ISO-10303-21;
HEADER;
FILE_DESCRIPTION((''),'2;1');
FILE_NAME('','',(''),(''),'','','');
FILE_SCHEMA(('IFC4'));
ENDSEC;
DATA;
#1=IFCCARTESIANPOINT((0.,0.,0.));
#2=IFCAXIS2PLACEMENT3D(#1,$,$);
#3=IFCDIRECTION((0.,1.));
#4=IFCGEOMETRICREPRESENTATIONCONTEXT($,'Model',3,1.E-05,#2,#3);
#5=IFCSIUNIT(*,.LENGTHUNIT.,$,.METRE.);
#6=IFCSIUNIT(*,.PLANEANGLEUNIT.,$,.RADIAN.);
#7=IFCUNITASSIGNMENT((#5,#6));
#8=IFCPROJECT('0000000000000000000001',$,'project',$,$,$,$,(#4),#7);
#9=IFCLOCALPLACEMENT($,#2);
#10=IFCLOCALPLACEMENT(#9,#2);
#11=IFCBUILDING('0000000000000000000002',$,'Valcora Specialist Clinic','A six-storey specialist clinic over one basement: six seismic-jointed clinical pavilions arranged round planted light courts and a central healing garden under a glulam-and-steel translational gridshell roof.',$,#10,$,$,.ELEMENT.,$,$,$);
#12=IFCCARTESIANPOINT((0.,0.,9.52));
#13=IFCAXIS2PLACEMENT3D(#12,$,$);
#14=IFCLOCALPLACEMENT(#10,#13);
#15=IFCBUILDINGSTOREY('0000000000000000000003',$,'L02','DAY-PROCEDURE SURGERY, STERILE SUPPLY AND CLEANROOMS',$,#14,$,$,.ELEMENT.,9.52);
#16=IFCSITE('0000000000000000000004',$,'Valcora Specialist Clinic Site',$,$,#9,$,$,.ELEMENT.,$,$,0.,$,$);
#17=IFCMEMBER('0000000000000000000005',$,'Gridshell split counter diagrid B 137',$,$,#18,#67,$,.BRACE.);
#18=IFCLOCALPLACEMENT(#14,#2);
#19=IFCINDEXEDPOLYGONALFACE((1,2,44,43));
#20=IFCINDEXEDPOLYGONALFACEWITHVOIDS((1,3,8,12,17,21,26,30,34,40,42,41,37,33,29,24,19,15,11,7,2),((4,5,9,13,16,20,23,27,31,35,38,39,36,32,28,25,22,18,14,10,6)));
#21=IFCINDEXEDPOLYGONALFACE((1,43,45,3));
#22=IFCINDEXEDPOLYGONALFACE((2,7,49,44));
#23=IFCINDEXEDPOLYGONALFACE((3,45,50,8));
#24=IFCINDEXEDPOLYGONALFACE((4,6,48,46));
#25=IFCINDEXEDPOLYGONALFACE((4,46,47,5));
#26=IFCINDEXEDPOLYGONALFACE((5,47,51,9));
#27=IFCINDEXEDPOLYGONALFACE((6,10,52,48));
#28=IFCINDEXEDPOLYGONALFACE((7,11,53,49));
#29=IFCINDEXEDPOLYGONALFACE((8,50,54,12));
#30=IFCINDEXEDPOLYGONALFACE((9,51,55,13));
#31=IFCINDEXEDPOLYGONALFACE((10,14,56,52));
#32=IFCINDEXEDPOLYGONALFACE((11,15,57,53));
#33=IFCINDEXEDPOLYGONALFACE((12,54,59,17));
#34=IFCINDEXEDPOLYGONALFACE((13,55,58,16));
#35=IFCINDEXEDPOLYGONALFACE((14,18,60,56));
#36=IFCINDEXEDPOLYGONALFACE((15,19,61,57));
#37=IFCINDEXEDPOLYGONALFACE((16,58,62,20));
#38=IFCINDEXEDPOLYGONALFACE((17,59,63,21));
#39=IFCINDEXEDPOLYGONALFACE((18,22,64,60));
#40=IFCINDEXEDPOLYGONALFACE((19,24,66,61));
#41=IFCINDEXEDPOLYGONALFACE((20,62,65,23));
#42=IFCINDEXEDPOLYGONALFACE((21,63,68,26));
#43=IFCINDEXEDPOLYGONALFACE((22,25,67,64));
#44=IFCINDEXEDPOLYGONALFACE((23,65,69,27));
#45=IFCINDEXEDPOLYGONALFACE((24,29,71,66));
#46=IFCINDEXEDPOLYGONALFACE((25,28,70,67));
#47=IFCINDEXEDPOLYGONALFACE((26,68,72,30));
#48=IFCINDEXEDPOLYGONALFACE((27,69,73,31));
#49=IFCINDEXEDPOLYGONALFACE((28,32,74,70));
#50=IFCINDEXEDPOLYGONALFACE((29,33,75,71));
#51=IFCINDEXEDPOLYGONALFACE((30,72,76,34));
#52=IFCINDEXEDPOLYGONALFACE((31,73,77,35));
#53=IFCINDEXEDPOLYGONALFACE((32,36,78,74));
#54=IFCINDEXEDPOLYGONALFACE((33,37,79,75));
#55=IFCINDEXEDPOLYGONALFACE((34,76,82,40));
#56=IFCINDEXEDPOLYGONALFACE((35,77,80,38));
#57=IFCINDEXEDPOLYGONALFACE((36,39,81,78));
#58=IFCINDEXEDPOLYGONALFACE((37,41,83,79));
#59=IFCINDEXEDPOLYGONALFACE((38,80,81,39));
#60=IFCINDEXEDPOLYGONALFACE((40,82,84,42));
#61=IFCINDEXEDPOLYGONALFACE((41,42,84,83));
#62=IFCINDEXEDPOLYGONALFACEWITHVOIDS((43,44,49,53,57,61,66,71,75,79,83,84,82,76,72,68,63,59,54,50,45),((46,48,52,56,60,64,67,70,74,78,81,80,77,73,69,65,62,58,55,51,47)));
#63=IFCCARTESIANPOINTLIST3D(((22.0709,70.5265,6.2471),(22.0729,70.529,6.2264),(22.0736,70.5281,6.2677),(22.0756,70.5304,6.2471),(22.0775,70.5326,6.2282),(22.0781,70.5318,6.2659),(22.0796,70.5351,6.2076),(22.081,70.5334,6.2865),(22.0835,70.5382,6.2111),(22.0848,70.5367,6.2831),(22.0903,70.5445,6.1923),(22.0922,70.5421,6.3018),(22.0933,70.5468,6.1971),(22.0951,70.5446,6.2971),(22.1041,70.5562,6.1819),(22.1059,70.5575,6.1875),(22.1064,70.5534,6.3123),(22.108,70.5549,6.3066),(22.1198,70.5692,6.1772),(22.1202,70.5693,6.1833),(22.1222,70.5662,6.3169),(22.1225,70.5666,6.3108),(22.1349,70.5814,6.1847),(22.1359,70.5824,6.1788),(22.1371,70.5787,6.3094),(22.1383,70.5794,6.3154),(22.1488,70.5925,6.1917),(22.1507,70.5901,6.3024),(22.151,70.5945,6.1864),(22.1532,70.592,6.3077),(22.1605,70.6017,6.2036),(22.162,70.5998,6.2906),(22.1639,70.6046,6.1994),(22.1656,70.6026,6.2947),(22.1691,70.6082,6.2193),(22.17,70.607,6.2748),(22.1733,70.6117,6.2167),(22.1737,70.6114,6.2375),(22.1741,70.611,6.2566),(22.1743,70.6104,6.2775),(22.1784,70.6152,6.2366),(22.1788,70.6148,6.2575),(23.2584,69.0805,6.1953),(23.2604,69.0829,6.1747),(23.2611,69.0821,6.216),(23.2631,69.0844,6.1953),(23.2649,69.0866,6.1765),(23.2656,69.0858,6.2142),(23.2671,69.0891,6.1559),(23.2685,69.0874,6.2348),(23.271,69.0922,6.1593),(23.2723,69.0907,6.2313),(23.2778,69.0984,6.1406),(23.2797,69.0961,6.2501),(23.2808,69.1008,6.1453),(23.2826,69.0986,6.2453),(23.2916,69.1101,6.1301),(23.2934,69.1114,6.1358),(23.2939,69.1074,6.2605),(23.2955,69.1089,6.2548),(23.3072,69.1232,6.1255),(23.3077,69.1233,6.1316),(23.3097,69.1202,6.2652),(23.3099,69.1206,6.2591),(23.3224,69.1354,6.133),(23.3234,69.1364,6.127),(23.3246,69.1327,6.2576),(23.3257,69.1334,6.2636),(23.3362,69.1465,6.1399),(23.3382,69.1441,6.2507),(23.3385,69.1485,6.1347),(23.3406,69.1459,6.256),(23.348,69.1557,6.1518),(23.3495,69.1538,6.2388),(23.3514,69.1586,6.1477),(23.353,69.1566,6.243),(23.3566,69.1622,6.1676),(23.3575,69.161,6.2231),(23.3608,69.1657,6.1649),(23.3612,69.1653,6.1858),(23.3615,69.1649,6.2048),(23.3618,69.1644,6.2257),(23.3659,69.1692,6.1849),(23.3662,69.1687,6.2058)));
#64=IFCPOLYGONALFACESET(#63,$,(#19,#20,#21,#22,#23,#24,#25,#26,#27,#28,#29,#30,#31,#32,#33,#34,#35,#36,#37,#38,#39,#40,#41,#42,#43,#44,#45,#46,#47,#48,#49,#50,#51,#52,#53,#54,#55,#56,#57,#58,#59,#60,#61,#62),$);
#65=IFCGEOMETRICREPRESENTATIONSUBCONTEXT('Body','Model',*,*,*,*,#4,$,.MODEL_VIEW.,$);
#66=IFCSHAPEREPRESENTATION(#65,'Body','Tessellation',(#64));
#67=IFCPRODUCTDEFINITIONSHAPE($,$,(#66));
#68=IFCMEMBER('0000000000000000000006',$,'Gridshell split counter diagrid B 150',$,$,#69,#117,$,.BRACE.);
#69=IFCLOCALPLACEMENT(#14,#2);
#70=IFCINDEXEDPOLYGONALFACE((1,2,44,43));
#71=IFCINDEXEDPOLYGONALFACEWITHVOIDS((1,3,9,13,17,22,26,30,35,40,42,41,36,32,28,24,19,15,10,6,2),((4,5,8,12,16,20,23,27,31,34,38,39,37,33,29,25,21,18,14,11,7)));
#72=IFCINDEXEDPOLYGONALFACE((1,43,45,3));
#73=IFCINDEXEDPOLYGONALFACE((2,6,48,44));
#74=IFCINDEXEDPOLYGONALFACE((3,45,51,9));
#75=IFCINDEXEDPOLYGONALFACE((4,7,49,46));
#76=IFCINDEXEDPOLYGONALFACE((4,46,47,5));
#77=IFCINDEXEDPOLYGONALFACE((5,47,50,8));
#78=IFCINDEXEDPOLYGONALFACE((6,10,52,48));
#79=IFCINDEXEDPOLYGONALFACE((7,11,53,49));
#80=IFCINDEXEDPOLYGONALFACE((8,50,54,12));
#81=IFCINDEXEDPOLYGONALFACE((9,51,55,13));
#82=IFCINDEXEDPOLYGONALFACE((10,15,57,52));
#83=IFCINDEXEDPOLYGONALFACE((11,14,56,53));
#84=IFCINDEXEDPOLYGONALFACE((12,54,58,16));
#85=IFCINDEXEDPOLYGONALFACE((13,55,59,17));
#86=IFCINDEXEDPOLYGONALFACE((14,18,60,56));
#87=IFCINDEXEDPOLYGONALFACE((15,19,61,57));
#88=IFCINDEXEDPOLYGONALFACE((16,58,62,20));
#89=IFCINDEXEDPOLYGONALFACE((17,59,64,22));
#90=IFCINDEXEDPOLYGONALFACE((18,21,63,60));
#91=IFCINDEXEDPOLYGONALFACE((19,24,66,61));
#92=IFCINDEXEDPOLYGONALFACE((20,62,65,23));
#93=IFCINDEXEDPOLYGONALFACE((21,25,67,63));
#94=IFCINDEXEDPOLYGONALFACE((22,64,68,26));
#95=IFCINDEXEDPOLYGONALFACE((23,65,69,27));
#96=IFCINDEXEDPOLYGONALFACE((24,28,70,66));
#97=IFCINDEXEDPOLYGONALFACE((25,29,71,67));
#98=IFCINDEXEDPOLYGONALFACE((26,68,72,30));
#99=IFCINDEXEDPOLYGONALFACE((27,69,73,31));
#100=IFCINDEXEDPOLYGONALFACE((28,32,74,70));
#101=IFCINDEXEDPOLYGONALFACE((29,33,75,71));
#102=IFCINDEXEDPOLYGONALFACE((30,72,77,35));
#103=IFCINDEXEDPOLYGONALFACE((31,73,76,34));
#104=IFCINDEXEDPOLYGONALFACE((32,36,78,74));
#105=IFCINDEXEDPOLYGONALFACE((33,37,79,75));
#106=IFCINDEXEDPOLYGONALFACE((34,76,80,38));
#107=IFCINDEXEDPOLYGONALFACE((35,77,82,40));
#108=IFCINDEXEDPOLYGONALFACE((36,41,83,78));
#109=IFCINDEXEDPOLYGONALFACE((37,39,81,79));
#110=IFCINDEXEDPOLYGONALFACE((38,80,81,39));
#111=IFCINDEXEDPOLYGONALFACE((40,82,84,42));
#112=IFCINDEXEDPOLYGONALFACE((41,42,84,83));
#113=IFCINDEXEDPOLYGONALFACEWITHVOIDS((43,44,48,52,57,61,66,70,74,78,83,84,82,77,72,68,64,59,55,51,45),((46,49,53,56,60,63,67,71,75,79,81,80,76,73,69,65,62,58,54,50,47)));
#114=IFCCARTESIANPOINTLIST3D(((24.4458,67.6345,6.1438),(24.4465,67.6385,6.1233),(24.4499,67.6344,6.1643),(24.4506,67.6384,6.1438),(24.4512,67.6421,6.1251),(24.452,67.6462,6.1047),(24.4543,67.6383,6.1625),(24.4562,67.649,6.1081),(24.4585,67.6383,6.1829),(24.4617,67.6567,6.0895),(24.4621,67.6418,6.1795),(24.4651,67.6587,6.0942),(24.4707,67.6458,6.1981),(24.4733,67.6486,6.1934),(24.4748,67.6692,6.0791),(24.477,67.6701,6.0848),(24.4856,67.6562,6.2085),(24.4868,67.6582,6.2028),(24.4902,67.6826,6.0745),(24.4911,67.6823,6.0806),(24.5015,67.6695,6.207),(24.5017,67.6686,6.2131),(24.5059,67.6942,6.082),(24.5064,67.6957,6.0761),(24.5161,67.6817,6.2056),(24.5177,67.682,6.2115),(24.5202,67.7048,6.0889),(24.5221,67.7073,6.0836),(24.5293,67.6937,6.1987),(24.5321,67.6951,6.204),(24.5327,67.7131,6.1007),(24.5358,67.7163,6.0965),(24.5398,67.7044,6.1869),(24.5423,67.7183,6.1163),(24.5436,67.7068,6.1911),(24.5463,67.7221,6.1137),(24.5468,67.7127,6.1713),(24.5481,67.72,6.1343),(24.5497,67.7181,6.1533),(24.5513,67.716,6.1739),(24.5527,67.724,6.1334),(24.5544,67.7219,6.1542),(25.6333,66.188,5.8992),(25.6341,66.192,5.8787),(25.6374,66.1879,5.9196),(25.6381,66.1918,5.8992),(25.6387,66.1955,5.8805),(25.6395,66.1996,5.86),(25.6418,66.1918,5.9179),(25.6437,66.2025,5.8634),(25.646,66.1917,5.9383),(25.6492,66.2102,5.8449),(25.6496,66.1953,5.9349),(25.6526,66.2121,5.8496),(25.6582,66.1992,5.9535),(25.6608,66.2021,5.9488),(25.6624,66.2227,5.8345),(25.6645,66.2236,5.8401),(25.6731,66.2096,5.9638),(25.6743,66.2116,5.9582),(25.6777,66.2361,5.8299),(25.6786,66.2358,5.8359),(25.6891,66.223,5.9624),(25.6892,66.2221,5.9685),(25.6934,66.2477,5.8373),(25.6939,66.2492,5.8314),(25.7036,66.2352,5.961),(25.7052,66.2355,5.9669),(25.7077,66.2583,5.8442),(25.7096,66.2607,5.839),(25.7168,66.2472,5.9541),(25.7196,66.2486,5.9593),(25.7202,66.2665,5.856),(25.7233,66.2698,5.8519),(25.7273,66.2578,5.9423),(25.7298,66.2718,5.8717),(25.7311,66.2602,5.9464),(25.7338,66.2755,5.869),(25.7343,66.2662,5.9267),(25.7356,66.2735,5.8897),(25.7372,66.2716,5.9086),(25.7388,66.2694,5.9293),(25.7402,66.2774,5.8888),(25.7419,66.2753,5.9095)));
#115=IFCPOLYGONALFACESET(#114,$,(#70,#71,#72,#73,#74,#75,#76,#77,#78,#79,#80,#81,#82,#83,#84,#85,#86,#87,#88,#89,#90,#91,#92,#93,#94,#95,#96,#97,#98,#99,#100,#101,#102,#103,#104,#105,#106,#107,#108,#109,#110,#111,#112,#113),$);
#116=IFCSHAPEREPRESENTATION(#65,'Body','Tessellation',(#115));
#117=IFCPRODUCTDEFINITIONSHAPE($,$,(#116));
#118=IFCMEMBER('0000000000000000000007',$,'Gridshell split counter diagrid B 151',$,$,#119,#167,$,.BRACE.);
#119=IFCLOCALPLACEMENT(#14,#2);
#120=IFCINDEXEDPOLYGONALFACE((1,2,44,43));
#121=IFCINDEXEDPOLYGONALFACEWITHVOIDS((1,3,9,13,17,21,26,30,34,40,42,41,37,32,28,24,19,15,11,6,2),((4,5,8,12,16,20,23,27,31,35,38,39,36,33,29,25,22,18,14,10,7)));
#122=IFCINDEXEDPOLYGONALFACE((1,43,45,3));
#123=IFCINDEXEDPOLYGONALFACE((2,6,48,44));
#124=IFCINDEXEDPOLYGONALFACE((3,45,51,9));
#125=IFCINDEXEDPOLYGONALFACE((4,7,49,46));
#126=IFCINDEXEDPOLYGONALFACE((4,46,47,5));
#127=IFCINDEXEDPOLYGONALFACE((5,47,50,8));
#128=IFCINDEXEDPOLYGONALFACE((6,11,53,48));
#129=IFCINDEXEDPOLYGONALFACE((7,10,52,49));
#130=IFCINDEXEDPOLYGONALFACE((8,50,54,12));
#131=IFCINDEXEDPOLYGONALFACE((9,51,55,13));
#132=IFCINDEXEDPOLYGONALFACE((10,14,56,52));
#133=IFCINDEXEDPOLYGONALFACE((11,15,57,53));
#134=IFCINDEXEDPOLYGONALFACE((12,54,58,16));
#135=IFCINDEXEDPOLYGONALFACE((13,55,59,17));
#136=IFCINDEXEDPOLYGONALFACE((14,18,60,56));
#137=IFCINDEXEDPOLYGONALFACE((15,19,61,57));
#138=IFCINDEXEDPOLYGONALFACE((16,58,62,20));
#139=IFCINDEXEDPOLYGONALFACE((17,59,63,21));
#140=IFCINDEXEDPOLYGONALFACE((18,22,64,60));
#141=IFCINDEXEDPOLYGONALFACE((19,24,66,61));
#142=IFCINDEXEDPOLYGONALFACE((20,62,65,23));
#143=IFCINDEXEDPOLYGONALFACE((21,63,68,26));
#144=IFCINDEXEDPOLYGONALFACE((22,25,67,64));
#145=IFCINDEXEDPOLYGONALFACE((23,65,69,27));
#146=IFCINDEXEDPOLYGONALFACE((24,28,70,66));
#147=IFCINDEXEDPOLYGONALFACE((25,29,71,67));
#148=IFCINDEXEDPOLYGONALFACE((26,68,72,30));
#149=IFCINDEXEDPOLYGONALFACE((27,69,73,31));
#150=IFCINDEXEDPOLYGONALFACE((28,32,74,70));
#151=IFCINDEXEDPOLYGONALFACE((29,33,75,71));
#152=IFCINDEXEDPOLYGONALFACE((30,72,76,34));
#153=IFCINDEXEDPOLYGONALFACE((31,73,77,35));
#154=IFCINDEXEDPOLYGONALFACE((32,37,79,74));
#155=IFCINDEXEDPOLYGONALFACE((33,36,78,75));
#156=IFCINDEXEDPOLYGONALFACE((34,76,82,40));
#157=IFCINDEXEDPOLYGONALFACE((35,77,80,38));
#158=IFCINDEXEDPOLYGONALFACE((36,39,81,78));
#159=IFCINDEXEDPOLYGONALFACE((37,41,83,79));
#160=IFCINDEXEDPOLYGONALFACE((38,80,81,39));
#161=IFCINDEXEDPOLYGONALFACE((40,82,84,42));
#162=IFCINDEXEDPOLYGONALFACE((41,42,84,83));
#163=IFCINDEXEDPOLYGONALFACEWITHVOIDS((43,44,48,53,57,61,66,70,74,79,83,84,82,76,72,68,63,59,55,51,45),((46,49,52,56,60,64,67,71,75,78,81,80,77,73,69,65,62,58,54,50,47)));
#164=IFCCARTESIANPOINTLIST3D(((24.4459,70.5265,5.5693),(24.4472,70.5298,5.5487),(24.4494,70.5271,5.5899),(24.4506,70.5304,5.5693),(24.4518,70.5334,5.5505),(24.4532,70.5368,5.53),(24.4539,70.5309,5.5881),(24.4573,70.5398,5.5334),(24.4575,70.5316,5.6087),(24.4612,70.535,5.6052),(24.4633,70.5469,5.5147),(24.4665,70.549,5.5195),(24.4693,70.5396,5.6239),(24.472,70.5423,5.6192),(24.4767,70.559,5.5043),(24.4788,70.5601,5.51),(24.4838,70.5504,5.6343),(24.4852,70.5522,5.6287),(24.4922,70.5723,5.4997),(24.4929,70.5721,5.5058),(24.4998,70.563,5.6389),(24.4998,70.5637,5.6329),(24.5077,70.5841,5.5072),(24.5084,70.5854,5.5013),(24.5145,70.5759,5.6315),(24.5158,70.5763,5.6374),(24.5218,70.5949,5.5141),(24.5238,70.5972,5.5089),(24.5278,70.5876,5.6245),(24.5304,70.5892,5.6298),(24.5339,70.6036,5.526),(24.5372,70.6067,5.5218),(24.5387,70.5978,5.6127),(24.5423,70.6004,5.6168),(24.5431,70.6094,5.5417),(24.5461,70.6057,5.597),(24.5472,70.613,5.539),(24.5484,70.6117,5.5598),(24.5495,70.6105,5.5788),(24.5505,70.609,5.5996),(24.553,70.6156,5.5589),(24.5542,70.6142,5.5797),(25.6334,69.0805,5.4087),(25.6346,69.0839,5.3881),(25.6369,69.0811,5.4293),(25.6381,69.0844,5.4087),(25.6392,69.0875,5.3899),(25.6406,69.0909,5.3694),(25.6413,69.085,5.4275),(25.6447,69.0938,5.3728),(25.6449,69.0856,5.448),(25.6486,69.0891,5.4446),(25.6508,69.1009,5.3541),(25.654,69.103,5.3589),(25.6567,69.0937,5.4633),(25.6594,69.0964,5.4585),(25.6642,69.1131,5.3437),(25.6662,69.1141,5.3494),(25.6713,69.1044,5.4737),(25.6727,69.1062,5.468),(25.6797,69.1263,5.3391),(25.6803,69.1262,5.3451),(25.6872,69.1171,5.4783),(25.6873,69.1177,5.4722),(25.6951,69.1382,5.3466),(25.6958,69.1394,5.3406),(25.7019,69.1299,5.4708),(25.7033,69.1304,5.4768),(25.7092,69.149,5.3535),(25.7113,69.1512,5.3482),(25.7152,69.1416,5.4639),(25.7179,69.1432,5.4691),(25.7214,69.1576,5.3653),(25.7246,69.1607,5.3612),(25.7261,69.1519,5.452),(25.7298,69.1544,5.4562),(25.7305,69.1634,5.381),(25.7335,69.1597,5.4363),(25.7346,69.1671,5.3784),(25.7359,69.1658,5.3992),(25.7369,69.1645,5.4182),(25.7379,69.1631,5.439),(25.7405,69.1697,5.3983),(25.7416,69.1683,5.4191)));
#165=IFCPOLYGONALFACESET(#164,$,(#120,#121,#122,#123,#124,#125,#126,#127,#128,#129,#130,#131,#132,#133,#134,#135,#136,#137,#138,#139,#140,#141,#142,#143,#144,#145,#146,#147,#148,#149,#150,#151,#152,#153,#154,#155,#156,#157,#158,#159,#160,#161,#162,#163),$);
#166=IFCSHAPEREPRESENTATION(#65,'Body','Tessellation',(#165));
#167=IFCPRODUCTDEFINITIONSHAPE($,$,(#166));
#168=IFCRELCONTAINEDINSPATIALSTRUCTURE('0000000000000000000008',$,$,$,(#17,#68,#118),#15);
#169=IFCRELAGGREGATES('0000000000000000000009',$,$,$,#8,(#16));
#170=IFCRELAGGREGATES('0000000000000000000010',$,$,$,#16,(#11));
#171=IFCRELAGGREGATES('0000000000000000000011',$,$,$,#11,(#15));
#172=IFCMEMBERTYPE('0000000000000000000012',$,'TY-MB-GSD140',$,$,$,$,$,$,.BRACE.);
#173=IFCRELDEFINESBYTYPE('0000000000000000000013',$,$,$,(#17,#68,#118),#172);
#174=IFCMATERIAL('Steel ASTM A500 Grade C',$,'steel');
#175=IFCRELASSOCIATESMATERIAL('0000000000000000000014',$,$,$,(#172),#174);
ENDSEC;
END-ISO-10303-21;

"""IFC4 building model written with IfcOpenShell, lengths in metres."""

from ifc_helpers import new_model, si_unit, direction, frame, origin, origin_2d, place, context, subcontext, project, spatial, hollow_circle, extrude, material, material_profile, profile_set, type_object, element, save


model = new_model("IFC4")

# Units and contexts
model_context = context("Model", 3, precision=1e-05, world=origin(), true_north=direction((0.0, 1.0)))
body_context = subcontext(model_context, "Body", "Model", "MODEL_VIEW")
ifc_project = project(units=[si_unit("LENGTHUNIT", "METRE"), si_unit("PLANEANGLEUNIT", "RADIAN")], contexts=[model_context])

# Site, building, storey
site_placement = place(None, origin())
site = spatial("IfcSite", under=ifc_project, at=site_placement, Name="Valcora Specialist Clinic Site", CompositionType="ELEMENT", RefElevation=0.0)
building_placement = place(site_placement, origin())
building = spatial("IfcBuilding", under=site, at=building_placement, Name="Valcora Specialist Clinic", Description="A six-storey specialist clinic over one basement: six seismic-jointed clinical pavilions arranged round planted light courts and a central healing garden under a glulam-and-steel translational gridshell roof.", CompositionType="ELEMENT")
storey_placement = place(building_placement, frame((0.0, 0.0, 9.52)))
storey = spatial("IfcBuildingStorey", under=building, at=storey_placement, Name="L02", Description="DAY-PROCEDURE SURGERY, STERILE SUPPLY AND CLEANROOMS", CompositionType="ELEMENT", Elevation=9.52)

# Members
ifc_material_1 = material(Name="Steel ASTM A500 Grade C", Category="steel")
ifc_material_profile_1 = material_profile(ifc_material_1, hollow_circle(Radius=0.0701, WallThickness=0.0061, at=origin_2d()), Name="ST-CHS-140X6")
ifc_profile_set_1 = profile_set([ifc_material_profile_1], Name="Steel ASTM A500 Grade C")
member_type_1 = type_object("IfcMemberType", Name="TY-MB-GSD140", PredefinedType="BRACE", material=ifc_profile_set_1)
member_1_placement = place(storey_placement, frame((23.3125, 69.125, 6.1953), z_axis=(-0.634394, 0.772515, 0.02765), x_axis=(-0.772811, -0.634636, 0.0)))
element("IfcMember", 1, at=member_1_placement, inside=storey, type_object=member_type_1, Name="Gridshell split counter diagrid B 137", PredefinedType="BRACE", context=body_context, shape_type="SweptSolid", body=[
    extrude(hollow_circle(Radius=0.0701, WallThickness=0.0061, at=origin_2d()), origin(), (0.0, 0.0, 1.0), 1.8718),
])
member_2_placement = place(storey_placement, frame((25.6875, 66.2324, 5.8992), z_axis=(-0.629157, 0.766397, 0.129608), x_axis=(-0.772916, -0.634508, 0.0)))
element("IfcMember", 2, at=member_2_placement, inside=storey, type_object=member_type_1, Name="Gridshell split counter diagrid B 150", PredefinedType="BRACE", context=body_context, shape_type="SweptSolid", body=[
    extrude(hollow_circle(Radius=0.0701, WallThickness=0.0061, at=origin_2d()), origin(), (0.0, 0.0, 1.0), 1.8875),
])
member_3_placement = place(storey_placement, frame((25.6875, 69.125, 5.4087), z_axis=(-0.63231, 0.769978, 0.085539), x_axis=(-0.772811, -0.634636, 0.0)))
element("IfcMember", 3, at=member_3_placement, inside=storey, type_object=member_type_1, Name="Gridshell split counter diagrid B 151", PredefinedType="BRACE", context=body_context, shape_type="SweptSolid", body=[
    extrude(hollow_circle(Radius=0.0701, WallThickness=0.0061, at=origin_2d()), origin(), (0.0, 0.0, 1.0), 1.8779),
])

save(model, "model.ifc")
